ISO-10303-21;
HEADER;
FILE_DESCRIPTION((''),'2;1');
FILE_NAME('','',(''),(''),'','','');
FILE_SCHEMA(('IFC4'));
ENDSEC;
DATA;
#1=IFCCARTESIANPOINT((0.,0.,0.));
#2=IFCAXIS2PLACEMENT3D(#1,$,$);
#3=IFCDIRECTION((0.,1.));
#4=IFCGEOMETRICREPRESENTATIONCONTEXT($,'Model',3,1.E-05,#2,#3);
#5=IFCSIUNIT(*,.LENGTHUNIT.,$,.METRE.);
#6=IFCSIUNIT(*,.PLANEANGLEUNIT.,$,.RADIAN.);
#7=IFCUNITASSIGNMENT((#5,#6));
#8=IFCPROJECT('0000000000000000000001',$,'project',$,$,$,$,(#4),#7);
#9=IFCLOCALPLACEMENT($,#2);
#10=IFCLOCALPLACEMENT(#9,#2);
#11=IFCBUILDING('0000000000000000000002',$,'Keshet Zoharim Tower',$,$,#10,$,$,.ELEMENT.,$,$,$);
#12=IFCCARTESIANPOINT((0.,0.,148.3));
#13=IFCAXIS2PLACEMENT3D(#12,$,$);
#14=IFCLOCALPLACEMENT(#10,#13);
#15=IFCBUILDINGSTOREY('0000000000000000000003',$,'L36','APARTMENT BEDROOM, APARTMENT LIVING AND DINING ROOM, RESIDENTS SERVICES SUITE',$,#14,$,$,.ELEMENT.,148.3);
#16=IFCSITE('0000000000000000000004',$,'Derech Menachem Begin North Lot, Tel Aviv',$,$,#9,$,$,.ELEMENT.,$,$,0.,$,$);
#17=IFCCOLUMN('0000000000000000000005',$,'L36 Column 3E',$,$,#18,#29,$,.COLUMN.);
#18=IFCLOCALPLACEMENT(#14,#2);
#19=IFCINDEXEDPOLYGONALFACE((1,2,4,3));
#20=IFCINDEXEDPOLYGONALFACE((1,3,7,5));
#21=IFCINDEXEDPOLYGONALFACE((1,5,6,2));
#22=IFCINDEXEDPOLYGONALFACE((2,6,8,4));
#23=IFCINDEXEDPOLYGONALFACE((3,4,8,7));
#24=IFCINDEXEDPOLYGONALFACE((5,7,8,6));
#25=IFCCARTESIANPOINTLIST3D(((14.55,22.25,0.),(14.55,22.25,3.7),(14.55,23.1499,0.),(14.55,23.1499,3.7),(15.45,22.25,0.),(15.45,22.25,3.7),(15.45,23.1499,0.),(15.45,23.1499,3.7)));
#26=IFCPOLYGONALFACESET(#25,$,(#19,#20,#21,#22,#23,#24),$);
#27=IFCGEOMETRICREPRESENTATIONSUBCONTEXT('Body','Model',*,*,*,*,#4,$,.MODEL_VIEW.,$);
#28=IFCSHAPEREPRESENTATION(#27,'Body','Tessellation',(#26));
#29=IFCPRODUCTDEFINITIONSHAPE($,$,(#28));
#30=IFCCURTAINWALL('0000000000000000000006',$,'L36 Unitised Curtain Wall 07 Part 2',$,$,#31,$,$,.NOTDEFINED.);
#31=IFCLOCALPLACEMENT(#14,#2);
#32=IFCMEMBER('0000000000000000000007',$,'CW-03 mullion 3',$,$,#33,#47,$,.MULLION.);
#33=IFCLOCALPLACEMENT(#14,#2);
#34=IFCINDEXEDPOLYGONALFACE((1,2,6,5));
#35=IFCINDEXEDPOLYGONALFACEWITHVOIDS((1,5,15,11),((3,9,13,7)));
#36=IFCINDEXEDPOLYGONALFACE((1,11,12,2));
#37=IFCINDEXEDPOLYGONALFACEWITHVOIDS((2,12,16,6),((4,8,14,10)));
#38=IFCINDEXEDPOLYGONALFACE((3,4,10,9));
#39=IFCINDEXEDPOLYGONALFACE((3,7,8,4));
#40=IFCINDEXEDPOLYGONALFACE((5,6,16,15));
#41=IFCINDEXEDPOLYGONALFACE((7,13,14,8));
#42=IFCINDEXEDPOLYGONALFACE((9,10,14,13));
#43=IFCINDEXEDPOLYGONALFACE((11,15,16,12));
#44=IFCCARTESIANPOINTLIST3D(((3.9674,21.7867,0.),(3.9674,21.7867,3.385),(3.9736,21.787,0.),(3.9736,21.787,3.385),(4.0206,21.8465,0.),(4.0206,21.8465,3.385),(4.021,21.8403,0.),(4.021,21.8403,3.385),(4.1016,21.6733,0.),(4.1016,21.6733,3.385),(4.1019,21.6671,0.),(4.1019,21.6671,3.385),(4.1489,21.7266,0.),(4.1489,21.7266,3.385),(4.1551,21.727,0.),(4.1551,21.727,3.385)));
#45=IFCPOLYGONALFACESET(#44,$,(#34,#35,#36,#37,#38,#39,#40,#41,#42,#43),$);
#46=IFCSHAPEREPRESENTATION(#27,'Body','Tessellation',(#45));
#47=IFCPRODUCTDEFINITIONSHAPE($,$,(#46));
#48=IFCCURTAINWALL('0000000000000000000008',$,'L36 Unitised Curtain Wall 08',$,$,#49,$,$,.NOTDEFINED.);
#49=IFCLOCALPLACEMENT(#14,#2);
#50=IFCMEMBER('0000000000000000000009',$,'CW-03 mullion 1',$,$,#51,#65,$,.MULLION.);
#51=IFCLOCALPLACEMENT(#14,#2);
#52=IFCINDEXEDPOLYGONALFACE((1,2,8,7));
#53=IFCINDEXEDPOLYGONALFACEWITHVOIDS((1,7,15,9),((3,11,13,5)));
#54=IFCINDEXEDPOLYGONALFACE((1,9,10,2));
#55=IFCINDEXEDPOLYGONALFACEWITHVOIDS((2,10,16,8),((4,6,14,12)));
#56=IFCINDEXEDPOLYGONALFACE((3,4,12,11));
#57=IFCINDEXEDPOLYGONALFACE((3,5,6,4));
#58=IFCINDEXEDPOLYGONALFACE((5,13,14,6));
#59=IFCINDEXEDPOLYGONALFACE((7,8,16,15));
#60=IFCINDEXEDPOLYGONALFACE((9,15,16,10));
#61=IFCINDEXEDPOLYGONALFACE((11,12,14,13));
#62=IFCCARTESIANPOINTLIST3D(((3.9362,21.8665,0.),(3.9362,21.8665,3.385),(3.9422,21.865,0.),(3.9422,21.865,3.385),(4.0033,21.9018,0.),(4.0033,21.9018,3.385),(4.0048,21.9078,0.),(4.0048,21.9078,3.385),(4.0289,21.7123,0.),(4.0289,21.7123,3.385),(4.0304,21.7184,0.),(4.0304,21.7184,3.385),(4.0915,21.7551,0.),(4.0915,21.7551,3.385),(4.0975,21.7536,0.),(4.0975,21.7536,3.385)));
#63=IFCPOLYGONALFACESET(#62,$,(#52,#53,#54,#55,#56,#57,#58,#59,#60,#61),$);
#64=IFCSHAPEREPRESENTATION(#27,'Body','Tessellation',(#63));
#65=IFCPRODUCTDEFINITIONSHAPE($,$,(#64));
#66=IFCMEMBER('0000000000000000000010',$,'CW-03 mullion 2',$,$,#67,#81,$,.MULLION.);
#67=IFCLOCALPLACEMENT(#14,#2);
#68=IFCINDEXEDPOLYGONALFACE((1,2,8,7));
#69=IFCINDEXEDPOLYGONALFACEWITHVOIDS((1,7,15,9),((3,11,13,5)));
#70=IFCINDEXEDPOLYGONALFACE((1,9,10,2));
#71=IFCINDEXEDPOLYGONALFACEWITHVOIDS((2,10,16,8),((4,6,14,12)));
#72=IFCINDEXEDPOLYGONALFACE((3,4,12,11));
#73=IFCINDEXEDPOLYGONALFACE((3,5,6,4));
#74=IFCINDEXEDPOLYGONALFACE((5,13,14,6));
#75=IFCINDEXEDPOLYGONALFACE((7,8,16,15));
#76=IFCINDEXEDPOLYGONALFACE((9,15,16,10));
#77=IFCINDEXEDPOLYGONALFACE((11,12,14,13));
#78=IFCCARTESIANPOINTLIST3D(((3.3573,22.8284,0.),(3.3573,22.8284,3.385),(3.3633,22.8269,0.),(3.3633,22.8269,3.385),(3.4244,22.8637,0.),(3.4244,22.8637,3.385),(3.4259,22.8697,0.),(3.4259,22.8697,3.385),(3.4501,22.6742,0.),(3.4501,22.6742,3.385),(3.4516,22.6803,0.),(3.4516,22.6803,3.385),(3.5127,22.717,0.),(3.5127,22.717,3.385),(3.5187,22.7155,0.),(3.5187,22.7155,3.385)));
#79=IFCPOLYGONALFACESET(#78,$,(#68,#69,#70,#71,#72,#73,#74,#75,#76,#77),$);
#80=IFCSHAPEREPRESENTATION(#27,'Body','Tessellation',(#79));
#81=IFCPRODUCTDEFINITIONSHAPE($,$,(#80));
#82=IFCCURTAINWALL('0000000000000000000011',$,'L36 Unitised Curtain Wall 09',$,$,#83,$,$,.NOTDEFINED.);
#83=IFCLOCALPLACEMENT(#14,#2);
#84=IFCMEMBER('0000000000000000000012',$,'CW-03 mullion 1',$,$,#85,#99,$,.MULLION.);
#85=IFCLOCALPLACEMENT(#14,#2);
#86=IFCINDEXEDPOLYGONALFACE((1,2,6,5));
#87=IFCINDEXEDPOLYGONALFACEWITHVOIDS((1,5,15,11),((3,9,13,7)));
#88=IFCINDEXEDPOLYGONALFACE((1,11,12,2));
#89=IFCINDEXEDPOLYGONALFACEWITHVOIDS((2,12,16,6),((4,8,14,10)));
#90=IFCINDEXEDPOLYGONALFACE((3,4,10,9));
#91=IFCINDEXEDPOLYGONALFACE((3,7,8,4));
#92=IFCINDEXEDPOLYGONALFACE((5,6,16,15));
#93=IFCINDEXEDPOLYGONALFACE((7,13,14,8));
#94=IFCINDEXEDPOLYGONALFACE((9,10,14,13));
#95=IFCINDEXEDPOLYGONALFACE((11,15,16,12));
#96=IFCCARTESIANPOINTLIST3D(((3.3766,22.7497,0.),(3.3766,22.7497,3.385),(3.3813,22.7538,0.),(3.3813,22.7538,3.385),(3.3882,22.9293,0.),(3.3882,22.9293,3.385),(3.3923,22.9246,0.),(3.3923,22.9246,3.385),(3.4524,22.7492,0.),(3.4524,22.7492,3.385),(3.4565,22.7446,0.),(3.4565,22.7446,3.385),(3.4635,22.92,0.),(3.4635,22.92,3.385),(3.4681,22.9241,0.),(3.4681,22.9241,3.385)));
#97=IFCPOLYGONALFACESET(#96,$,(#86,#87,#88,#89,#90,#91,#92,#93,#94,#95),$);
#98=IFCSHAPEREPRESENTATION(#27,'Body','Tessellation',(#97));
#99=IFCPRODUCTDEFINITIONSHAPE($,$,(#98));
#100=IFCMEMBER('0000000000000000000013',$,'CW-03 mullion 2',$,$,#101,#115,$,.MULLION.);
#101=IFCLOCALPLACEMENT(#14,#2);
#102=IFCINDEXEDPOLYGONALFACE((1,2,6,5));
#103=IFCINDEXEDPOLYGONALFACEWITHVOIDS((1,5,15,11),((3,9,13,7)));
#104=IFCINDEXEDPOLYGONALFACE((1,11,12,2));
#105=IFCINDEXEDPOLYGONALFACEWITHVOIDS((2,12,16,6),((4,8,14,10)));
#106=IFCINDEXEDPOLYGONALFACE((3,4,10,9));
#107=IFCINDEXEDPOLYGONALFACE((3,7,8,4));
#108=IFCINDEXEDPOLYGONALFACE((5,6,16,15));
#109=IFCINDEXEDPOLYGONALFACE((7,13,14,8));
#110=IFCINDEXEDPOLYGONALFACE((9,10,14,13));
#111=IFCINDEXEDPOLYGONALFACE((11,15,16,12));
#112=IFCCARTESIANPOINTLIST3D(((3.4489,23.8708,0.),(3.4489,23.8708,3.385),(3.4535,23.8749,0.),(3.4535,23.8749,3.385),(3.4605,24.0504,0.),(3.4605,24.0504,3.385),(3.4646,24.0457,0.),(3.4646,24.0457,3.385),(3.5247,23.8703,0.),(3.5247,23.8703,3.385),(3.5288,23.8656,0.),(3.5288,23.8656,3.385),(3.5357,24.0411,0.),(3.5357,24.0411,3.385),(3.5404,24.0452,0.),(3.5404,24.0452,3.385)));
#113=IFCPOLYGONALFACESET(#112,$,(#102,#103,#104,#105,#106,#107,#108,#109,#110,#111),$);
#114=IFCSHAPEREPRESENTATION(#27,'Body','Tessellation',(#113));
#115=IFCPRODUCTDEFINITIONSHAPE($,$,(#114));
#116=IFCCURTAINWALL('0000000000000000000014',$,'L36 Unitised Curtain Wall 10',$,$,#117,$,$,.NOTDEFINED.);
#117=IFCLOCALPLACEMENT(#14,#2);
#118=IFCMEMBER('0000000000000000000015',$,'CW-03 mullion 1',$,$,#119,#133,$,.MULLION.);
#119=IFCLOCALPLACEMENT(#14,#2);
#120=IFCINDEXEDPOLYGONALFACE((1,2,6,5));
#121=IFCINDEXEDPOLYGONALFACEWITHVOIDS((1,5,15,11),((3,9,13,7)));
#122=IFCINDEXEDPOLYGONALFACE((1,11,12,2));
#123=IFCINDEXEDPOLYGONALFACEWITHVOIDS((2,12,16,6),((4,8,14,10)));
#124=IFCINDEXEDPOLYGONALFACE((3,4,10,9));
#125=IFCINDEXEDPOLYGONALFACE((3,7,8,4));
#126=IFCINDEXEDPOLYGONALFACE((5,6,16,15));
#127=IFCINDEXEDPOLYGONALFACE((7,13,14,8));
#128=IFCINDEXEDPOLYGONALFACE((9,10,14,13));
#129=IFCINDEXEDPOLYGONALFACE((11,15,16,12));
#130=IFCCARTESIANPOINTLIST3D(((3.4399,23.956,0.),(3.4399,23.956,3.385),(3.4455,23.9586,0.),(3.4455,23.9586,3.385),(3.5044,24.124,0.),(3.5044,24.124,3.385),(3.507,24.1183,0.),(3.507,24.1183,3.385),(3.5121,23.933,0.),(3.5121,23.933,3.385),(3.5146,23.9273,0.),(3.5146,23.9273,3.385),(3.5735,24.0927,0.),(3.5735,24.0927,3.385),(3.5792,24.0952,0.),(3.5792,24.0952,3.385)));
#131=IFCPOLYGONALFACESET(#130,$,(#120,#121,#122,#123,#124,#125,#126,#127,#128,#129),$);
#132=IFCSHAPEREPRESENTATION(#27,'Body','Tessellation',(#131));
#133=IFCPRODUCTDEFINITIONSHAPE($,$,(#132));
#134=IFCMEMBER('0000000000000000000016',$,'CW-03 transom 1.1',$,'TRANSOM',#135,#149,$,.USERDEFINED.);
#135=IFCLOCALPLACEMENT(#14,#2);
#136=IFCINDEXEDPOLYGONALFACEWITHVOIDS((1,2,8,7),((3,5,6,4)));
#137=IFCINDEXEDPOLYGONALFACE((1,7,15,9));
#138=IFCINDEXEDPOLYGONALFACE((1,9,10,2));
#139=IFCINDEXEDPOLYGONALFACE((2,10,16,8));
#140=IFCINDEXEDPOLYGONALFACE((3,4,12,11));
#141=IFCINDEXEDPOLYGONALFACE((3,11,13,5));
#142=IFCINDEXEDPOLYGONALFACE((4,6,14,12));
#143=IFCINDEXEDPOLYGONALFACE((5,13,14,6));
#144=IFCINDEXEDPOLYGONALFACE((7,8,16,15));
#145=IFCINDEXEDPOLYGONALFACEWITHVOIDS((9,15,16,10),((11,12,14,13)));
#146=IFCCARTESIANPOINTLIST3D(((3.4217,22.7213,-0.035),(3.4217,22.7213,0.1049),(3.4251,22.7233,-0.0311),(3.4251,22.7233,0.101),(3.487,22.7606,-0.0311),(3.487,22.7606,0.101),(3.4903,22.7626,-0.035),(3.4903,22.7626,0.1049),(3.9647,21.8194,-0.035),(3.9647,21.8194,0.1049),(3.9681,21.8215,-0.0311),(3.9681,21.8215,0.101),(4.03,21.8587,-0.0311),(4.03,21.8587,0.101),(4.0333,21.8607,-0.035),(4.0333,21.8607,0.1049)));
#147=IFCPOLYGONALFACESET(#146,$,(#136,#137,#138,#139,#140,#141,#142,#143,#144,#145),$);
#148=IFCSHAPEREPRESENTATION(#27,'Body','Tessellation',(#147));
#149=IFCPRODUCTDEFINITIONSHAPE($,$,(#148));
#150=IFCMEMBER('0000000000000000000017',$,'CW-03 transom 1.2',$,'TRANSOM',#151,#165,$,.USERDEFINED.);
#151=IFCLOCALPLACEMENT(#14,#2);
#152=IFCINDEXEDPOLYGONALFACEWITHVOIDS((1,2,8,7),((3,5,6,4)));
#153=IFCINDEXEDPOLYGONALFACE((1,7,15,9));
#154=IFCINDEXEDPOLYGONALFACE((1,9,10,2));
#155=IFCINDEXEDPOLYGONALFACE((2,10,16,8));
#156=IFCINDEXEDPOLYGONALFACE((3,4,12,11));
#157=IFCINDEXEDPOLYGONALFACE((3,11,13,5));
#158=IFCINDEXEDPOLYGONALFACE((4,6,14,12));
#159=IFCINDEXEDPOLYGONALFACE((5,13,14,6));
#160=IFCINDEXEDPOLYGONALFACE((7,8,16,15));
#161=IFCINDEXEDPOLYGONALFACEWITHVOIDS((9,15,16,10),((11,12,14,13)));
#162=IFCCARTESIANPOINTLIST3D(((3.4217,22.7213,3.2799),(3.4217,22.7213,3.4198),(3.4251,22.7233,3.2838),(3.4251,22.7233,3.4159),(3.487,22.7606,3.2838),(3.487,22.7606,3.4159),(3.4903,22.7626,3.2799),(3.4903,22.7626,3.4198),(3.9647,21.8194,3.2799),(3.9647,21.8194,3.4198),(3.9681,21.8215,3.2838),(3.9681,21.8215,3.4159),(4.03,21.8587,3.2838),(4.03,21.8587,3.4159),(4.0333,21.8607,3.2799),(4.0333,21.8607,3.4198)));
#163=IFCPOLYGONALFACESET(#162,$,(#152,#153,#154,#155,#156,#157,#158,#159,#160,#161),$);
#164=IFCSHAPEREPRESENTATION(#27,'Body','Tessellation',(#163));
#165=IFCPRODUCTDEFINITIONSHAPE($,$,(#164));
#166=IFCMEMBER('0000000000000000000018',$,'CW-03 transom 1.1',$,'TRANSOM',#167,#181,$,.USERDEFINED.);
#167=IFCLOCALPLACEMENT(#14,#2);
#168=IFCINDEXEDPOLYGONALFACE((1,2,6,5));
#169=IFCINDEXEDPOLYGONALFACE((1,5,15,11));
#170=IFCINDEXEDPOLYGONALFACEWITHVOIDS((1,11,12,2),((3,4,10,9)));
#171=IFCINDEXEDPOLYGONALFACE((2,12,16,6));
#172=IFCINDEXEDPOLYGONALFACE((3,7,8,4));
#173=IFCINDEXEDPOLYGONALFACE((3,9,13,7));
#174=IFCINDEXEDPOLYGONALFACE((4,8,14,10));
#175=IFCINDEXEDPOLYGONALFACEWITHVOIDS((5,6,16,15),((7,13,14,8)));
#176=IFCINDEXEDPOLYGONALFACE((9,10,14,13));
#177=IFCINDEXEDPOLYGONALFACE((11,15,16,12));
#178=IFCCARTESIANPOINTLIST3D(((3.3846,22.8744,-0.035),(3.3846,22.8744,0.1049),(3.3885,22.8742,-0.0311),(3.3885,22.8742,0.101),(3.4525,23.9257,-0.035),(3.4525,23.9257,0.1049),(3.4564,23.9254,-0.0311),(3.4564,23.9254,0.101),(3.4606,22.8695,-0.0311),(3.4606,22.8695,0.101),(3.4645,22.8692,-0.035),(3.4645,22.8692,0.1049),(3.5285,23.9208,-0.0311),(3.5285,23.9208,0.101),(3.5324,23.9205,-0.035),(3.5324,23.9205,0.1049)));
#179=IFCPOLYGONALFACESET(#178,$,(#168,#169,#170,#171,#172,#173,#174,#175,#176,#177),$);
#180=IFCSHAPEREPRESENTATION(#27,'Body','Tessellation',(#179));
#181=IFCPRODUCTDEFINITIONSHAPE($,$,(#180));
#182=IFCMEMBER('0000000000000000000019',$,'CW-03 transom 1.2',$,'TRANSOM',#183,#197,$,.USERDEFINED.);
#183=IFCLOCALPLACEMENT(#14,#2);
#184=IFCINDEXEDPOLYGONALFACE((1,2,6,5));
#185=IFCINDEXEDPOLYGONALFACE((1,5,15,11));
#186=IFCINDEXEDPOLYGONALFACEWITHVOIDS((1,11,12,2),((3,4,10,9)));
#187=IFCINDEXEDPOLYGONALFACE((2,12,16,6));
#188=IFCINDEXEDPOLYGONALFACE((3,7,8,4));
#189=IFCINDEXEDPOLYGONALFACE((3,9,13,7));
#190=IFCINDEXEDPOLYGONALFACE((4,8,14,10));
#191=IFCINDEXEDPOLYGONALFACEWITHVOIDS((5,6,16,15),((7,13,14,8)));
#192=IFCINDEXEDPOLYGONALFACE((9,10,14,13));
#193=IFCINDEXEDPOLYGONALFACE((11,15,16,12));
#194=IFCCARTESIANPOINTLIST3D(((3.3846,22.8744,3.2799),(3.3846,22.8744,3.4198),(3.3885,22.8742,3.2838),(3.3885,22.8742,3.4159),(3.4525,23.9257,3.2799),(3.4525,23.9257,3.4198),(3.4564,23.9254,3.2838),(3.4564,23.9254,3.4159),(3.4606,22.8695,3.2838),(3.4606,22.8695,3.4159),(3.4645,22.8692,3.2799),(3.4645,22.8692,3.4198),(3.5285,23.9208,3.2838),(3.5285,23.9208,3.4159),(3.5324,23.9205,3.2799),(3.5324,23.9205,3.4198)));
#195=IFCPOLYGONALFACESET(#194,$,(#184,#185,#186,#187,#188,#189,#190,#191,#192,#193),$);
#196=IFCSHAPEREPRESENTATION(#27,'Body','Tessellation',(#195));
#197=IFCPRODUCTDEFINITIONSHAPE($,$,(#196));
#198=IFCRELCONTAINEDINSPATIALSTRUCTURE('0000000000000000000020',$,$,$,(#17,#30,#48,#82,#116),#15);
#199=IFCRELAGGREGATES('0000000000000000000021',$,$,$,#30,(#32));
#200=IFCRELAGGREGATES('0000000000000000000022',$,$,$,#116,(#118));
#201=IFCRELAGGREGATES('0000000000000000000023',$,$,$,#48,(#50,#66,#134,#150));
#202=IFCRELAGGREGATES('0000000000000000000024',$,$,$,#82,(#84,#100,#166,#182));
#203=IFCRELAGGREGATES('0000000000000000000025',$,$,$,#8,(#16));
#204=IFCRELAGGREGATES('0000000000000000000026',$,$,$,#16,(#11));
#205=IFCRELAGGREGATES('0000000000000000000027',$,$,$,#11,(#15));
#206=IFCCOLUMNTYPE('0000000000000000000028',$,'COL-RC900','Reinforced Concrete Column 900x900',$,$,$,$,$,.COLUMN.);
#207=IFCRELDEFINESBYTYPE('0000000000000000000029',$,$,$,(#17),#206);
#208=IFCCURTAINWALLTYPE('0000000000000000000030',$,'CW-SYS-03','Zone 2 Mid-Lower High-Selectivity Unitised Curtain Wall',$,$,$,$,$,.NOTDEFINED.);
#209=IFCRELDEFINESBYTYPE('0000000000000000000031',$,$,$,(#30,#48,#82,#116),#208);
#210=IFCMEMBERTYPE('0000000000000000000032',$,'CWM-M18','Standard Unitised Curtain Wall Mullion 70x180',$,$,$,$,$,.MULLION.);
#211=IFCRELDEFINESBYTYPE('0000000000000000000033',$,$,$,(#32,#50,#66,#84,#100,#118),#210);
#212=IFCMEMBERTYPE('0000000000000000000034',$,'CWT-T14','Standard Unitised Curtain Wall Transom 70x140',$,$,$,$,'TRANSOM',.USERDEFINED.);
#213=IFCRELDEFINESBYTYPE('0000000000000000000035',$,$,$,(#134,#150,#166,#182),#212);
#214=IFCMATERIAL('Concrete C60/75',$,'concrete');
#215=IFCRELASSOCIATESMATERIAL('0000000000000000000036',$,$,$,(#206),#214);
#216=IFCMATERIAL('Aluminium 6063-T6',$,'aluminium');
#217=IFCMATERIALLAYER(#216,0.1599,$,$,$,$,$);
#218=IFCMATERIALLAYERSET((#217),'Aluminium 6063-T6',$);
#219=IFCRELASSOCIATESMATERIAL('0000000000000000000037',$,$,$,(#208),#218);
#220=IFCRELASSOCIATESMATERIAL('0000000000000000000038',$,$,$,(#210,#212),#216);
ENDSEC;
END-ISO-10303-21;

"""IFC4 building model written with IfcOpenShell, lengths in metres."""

from ifc_helpers import new_model, si_unit, direction, frame, origin, origin_2d, place, context, subcontext, project, spatial, rectangle, hollow_rectangle, extrude, material, layer, layer_set, material_profile, profile_set, type_object, element, aggregate, save


model = new_model("IFC4")

# Units and contexts
model_context = context("Model", 3, precision=1e-05, world=origin(), true_north=direction((0.0, 1.0)))
body_context = subcontext(model_context, "Body", "Model", "MODEL_VIEW")
ifc_project = project(units=[si_unit("LENGTHUNIT", "METRE"), si_unit("PLANEANGLEUNIT", "RADIAN")], contexts=[model_context])

# Site, building, storey
site_placement = place(None, origin())
site = spatial("IfcSite", under=ifc_project, at=site_placement, Name="Derech Menachem Begin North Lot, Tel Aviv", CompositionType="ELEMENT", RefElevation=0.0)
building_placement = place(site_placement, origin())
building = spatial("IfcBuilding", under=site, at=building_placement, Name="Keshet Zoharim Tower", CompositionType="ELEMENT")
storey_placement = place(building_placement, frame((0.0, 0.0, 148.3)))
storey = spatial("IfcBuildingStorey", under=building, at=storey_placement, Name="L36", Description="APARTMENT BEDROOM, APARTMENT LIVING AND DINING ROOM, RESIDENTS SERVICES SUITE", CompositionType="ELEMENT", Elevation=148.3)

# Column
ifc_material_1 = material(Name="Concrete C60/75", Category="concrete")
ifc_material_profile_1 = material_profile(ifc_material_1, rectangle(XDim=0.8999, YDim=0.8999, at=origin_2d()), Name="RC900x900")
ifc_profile_set_1 = profile_set([ifc_material_profile_1], Name="Concrete C60/75")
column_type = type_object("IfcColumnType", Name="COL-RC900", Description="Reinforced Concrete Column 900x900", PredefinedType="COLUMN", material=ifc_profile_set_1)
column_placement = place(storey_placement, frame((15.0, 22.7, 0.0), z_axis=(0.0, 0.0, 1.0), x_axis=(1.0, 0.0, 0.0)))
element("IfcColumn", 1, at=column_placement, inside=storey, type_object=column_type, Name="L36 Column 3E", PredefinedType="COLUMN", context=body_context, shape_type="SweptSolid", body=[
    extrude(rectangle(XDim=0.8999, YDim=0.8999, at=origin_2d()), origin(), (0.0, 0.0, 1.0), 3.7),
])

# Curtain wall, member
ifc_material_2 = material(Name="Aluminium 6063-T6", Category="aluminium")
ifc_layer_1 = layer(ifc_material_2, 0.1599)
ifc_layer_set_1 = layer_set([ifc_layer_1], Name="Aluminium 6063-T6")
curtain_wall_type = type_object("IfcCurtainWallType", Name="CW-SYS-03", Description="Zone 2 Mid-Lower High-Selectivity Unitised Curtain Wall", PredefinedType="NOTDEFINED", material=ifc_layer_set_1)
curtain_wall_1_placement = place(storey_placement, origin())
curtain_wall_1 = element("IfcCurtainWall", 2, at=curtain_wall_1_placement, inside=storey, type_object=curtain_wall_type, Name="L36 Unitised Curtain Wall 07 Part 2", PredefinedType="NOTDEFINED")
ifc_material_profile_2 = material_profile(ifc_material_2, hollow_rectangle(XDim=0.0801, YDim=0.1799, WallThickness=0.0044, at=origin_2d()), Name="MUL-80x180")
ifc_profile_set_2 = profile_set([ifc_material_profile_2], Name="Aluminium 6063-T6")
member_type_1 = type_object("IfcMemberType", Name="CWM-M18", Description="Standard Unitised Curtain Wall Mullion 70x180", PredefinedType="MULLION", material=ifc_profile_set_2)
member_1_placement = place(storey_placement, frame((4.0613, 21.7568, 0.0), z_axis=(0.0, 0.0, 1.0), x_axis=(-0.664364, -0.74741, 0.0)))
member_1 = element("IfcMember", 3, at=member_1_placement, type_object=member_type_1, Name="CW-03 mullion 3", PredefinedType="MULLION", context=body_context, shape_type="SweptSolid", body=[
    extrude(hollow_rectangle(XDim=0.0801, YDim=0.1799, WallThickness=0.0044, at=origin_2d()), origin(), (0.0, 0.0, 1.0), 3.385),
])
aggregate(curtain_wall_1, [member_1])

# Curtain walls, members
curtain_wall_2_placement = place(storey_placement, origin())
curtain_wall_2 = element("IfcCurtainWall", 4, at=curtain_wall_2_placement, inside=storey, type_object=curtain_wall_type, Name="L36 Unitised Curtain Wall 08", PredefinedType="NOTDEFINED")
member_2_placement = place(storey_placement, frame((4.0168, 21.8101, 0.0), z_axis=(0.0, 0.0, 1.0), x_axis=(-0.856826, -0.515605, 0.0)))
member_2 = element("IfcMember", 5, at=member_2_placement, type_object=member_type_1, Name="CW-03 mullion 1", PredefinedType="MULLION", context=body_context, shape_type="SweptSolid", body=[
    extrude(hollow_rectangle(XDim=0.0801, YDim=0.1799, WallThickness=0.0044, at=origin_2d()), origin(), (0.0, 0.0, 1.0), 3.385),
])
member_3_placement = place(storey_placement, frame((3.438, 22.772, 0.0), z_axis=(0.0, 0.0, 1.0), x_axis=(-0.856826, -0.515605, 0.0)))
member_3 = element("IfcMember", 6, at=member_3_placement, type_object=member_type_1, Name="CW-03 mullion 2", PredefinedType="MULLION", context=body_context, shape_type="SweptSolid", body=[
    extrude(hollow_rectangle(XDim=0.0801, YDim=0.1799, WallThickness=0.0044, at=origin_2d()), origin(), (0.0, 0.0, 1.0), 3.385),
])
curtain_wall_3_placement = place(storey_placement, origin())
curtain_wall_3 = element("IfcCurtainWall", 7, at=curtain_wall_3_placement, inside=storey, type_object=curtain_wall_type, Name="L36 Unitised Curtain Wall 09", PredefinedType="NOTDEFINED")
member_4_placement = place(storey_placement, frame((3.4224, 22.8369, 0.0), z_axis=(0.0, 0.0, 1.0), x_axis=(-0.997917, 0.064517, 0.0)))
member_4 = element("IfcMember", 8, at=member_4_placement, type_object=member_type_1, Name="CW-03 mullion 1", PredefinedType="MULLION", context=body_context, shape_type="SweptSolid", body=[
    extrude(hollow_rectangle(XDim=0.0801, YDim=0.1799, WallThickness=0.0044, at=origin_2d()), origin(), (0.0, 0.0, 1.0), 3.385),
])
member_5_placement = place(storey_placement, frame((3.4946, 23.958, 0.0), z_axis=(0.0, 0.0, 1.0), x_axis=(-0.997917, 0.064517, 0.0)))
member_5 = element("IfcMember", 9, at=member_5_placement, type_object=member_type_1, Name="CW-03 mullion 2", PredefinedType="MULLION", context=body_context, shape_type="SweptSolid", body=[
    extrude(hollow_rectangle(XDim=0.0801, YDim=0.1799, WallThickness=0.0044, at=origin_2d()), origin(), (0.0, 0.0, 1.0), 3.385),
])

# Curtain wall, member
curtain_wall_4_placement = place(storey_placement, origin())
curtain_wall_4 = element("IfcCurtainWall", 10, at=curtain_wall_4_placement, inside=storey, type_object=curtain_wall_type, Name="L36 Unitised Curtain Wall 10", PredefinedType="NOTDEFINED")
member_6_placement = place(storey_placement, frame((3.5095, 24.0256, 0.0), z_axis=(0.0, 0.0, 1.0), x_axis=(-0.933341, 0.35899, 0.0)))
member_6 = element("IfcMember", 11, at=member_6_placement, type_object=member_type_1, Name="CW-03 mullion 1", PredefinedType="MULLION", context=body_context, shape_type="SweptSolid", body=[
    extrude(hollow_rectangle(XDim=0.0801, YDim=0.1799, WallThickness=0.0044, at=origin_2d()), origin(), (0.0, 0.0, 1.0), 3.385),
])

# Members
ifc_material_profile_3 = material_profile(ifc_material_2, hollow_rectangle(XDim=0.0801, YDim=0.1399, WallThickness=0.0039, at=origin_2d()), Name="TRN-80x140")
ifc_profile_set_3 = profile_set([ifc_material_profile_3], Name="Aluminium 6063-T6")
member_type_2 = type_object("IfcMemberType", Name="CWT-T14", Description="Standard Unitised Curtain Wall Transom 70x140", ElementType="TRANSOM", PredefinedType="USERDEFINED", material=ifc_profile_set_3)
member_7_placement = place(storey_placement, frame((3.999, 21.8401, 0.0349), z_axis=(-0.515791, 0.856714, 0.0), x_axis=(-0.856714, -0.515791, 0.0)))
member_7 = element("IfcMember", 12, at=member_7_placement, type_object=member_type_2, Name="CW-03 transom 1.1", ObjectType="TRANSOM", PredefinedType="USERDEFINED", context=body_context, shape_type="SweptSolid", body=[
    extrude(hollow_rectangle(XDim=0.0801, YDim=0.1399, WallThickness=0.0039, at=origin_2d()), origin(), (0.0, 0.0, 1.0), 1.0527),
])
member_8_placement = place(storey_placement, frame((3.999, 21.8401, 3.3499), z_axis=(-0.515791, 0.856714, 0.0), x_axis=(-0.856714, -0.515791, 0.0)))
member_8 = element("IfcMember", 13, at=member_8_placement, type_object=member_type_2, Name="CW-03 transom 1.2", ObjectType="TRANSOM", PredefinedType="USERDEFINED", context=body_context, shape_type="SweptSolid", body=[
    extrude(hollow_rectangle(XDim=0.0801, YDim=0.1399, WallThickness=0.0039, at=origin_2d()), origin(), (0.0, 0.0, 1.0), 1.0527),
])
member_9_placement = place(storey_placement, frame((3.4246, 22.8718, 0.0349), z_axis=(0.064427, 0.997922, 0.0), x_axis=(-0.997922, 0.064427, 0.0)))
member_9 = element("IfcMember", 14, at=member_9_placement, type_object=member_type_2, Name="CW-03 transom 1.1", ObjectType="TRANSOM", PredefinedType="USERDEFINED", context=body_context, shape_type="SweptSolid", body=[
    extrude(hollow_rectangle(XDim=0.0801, YDim=0.1399, WallThickness=0.0039, at=origin_2d()), origin(), (0.0, 0.0, 1.0), 1.0535),
])
member_10_placement = place(storey_placement, frame((3.4246, 22.8718, 3.3499), z_axis=(0.064427, 0.997922, 0.0), x_axis=(-0.997922, 0.064427, 0.0)))
member_10 = element("IfcMember", 15, at=member_10_placement, type_object=member_type_2, Name="CW-03 transom 1.2", ObjectType="TRANSOM", PredefinedType="USERDEFINED", context=body_context, shape_type="SweptSolid", body=[
    extrude(hollow_rectangle(XDim=0.0801, YDim=0.1399, WallThickness=0.0039, at=origin_2d()), origin(), (0.0, 0.0, 1.0), 1.0535),
])
aggregate(curtain_wall_4, [member_6])

aggregate(curtain_wall_2, [member_2, member_3, member_7, member_8])
aggregate(curtain_wall_3, [member_4, member_5, member_9, member_10])

save(model, "model.ifc")
